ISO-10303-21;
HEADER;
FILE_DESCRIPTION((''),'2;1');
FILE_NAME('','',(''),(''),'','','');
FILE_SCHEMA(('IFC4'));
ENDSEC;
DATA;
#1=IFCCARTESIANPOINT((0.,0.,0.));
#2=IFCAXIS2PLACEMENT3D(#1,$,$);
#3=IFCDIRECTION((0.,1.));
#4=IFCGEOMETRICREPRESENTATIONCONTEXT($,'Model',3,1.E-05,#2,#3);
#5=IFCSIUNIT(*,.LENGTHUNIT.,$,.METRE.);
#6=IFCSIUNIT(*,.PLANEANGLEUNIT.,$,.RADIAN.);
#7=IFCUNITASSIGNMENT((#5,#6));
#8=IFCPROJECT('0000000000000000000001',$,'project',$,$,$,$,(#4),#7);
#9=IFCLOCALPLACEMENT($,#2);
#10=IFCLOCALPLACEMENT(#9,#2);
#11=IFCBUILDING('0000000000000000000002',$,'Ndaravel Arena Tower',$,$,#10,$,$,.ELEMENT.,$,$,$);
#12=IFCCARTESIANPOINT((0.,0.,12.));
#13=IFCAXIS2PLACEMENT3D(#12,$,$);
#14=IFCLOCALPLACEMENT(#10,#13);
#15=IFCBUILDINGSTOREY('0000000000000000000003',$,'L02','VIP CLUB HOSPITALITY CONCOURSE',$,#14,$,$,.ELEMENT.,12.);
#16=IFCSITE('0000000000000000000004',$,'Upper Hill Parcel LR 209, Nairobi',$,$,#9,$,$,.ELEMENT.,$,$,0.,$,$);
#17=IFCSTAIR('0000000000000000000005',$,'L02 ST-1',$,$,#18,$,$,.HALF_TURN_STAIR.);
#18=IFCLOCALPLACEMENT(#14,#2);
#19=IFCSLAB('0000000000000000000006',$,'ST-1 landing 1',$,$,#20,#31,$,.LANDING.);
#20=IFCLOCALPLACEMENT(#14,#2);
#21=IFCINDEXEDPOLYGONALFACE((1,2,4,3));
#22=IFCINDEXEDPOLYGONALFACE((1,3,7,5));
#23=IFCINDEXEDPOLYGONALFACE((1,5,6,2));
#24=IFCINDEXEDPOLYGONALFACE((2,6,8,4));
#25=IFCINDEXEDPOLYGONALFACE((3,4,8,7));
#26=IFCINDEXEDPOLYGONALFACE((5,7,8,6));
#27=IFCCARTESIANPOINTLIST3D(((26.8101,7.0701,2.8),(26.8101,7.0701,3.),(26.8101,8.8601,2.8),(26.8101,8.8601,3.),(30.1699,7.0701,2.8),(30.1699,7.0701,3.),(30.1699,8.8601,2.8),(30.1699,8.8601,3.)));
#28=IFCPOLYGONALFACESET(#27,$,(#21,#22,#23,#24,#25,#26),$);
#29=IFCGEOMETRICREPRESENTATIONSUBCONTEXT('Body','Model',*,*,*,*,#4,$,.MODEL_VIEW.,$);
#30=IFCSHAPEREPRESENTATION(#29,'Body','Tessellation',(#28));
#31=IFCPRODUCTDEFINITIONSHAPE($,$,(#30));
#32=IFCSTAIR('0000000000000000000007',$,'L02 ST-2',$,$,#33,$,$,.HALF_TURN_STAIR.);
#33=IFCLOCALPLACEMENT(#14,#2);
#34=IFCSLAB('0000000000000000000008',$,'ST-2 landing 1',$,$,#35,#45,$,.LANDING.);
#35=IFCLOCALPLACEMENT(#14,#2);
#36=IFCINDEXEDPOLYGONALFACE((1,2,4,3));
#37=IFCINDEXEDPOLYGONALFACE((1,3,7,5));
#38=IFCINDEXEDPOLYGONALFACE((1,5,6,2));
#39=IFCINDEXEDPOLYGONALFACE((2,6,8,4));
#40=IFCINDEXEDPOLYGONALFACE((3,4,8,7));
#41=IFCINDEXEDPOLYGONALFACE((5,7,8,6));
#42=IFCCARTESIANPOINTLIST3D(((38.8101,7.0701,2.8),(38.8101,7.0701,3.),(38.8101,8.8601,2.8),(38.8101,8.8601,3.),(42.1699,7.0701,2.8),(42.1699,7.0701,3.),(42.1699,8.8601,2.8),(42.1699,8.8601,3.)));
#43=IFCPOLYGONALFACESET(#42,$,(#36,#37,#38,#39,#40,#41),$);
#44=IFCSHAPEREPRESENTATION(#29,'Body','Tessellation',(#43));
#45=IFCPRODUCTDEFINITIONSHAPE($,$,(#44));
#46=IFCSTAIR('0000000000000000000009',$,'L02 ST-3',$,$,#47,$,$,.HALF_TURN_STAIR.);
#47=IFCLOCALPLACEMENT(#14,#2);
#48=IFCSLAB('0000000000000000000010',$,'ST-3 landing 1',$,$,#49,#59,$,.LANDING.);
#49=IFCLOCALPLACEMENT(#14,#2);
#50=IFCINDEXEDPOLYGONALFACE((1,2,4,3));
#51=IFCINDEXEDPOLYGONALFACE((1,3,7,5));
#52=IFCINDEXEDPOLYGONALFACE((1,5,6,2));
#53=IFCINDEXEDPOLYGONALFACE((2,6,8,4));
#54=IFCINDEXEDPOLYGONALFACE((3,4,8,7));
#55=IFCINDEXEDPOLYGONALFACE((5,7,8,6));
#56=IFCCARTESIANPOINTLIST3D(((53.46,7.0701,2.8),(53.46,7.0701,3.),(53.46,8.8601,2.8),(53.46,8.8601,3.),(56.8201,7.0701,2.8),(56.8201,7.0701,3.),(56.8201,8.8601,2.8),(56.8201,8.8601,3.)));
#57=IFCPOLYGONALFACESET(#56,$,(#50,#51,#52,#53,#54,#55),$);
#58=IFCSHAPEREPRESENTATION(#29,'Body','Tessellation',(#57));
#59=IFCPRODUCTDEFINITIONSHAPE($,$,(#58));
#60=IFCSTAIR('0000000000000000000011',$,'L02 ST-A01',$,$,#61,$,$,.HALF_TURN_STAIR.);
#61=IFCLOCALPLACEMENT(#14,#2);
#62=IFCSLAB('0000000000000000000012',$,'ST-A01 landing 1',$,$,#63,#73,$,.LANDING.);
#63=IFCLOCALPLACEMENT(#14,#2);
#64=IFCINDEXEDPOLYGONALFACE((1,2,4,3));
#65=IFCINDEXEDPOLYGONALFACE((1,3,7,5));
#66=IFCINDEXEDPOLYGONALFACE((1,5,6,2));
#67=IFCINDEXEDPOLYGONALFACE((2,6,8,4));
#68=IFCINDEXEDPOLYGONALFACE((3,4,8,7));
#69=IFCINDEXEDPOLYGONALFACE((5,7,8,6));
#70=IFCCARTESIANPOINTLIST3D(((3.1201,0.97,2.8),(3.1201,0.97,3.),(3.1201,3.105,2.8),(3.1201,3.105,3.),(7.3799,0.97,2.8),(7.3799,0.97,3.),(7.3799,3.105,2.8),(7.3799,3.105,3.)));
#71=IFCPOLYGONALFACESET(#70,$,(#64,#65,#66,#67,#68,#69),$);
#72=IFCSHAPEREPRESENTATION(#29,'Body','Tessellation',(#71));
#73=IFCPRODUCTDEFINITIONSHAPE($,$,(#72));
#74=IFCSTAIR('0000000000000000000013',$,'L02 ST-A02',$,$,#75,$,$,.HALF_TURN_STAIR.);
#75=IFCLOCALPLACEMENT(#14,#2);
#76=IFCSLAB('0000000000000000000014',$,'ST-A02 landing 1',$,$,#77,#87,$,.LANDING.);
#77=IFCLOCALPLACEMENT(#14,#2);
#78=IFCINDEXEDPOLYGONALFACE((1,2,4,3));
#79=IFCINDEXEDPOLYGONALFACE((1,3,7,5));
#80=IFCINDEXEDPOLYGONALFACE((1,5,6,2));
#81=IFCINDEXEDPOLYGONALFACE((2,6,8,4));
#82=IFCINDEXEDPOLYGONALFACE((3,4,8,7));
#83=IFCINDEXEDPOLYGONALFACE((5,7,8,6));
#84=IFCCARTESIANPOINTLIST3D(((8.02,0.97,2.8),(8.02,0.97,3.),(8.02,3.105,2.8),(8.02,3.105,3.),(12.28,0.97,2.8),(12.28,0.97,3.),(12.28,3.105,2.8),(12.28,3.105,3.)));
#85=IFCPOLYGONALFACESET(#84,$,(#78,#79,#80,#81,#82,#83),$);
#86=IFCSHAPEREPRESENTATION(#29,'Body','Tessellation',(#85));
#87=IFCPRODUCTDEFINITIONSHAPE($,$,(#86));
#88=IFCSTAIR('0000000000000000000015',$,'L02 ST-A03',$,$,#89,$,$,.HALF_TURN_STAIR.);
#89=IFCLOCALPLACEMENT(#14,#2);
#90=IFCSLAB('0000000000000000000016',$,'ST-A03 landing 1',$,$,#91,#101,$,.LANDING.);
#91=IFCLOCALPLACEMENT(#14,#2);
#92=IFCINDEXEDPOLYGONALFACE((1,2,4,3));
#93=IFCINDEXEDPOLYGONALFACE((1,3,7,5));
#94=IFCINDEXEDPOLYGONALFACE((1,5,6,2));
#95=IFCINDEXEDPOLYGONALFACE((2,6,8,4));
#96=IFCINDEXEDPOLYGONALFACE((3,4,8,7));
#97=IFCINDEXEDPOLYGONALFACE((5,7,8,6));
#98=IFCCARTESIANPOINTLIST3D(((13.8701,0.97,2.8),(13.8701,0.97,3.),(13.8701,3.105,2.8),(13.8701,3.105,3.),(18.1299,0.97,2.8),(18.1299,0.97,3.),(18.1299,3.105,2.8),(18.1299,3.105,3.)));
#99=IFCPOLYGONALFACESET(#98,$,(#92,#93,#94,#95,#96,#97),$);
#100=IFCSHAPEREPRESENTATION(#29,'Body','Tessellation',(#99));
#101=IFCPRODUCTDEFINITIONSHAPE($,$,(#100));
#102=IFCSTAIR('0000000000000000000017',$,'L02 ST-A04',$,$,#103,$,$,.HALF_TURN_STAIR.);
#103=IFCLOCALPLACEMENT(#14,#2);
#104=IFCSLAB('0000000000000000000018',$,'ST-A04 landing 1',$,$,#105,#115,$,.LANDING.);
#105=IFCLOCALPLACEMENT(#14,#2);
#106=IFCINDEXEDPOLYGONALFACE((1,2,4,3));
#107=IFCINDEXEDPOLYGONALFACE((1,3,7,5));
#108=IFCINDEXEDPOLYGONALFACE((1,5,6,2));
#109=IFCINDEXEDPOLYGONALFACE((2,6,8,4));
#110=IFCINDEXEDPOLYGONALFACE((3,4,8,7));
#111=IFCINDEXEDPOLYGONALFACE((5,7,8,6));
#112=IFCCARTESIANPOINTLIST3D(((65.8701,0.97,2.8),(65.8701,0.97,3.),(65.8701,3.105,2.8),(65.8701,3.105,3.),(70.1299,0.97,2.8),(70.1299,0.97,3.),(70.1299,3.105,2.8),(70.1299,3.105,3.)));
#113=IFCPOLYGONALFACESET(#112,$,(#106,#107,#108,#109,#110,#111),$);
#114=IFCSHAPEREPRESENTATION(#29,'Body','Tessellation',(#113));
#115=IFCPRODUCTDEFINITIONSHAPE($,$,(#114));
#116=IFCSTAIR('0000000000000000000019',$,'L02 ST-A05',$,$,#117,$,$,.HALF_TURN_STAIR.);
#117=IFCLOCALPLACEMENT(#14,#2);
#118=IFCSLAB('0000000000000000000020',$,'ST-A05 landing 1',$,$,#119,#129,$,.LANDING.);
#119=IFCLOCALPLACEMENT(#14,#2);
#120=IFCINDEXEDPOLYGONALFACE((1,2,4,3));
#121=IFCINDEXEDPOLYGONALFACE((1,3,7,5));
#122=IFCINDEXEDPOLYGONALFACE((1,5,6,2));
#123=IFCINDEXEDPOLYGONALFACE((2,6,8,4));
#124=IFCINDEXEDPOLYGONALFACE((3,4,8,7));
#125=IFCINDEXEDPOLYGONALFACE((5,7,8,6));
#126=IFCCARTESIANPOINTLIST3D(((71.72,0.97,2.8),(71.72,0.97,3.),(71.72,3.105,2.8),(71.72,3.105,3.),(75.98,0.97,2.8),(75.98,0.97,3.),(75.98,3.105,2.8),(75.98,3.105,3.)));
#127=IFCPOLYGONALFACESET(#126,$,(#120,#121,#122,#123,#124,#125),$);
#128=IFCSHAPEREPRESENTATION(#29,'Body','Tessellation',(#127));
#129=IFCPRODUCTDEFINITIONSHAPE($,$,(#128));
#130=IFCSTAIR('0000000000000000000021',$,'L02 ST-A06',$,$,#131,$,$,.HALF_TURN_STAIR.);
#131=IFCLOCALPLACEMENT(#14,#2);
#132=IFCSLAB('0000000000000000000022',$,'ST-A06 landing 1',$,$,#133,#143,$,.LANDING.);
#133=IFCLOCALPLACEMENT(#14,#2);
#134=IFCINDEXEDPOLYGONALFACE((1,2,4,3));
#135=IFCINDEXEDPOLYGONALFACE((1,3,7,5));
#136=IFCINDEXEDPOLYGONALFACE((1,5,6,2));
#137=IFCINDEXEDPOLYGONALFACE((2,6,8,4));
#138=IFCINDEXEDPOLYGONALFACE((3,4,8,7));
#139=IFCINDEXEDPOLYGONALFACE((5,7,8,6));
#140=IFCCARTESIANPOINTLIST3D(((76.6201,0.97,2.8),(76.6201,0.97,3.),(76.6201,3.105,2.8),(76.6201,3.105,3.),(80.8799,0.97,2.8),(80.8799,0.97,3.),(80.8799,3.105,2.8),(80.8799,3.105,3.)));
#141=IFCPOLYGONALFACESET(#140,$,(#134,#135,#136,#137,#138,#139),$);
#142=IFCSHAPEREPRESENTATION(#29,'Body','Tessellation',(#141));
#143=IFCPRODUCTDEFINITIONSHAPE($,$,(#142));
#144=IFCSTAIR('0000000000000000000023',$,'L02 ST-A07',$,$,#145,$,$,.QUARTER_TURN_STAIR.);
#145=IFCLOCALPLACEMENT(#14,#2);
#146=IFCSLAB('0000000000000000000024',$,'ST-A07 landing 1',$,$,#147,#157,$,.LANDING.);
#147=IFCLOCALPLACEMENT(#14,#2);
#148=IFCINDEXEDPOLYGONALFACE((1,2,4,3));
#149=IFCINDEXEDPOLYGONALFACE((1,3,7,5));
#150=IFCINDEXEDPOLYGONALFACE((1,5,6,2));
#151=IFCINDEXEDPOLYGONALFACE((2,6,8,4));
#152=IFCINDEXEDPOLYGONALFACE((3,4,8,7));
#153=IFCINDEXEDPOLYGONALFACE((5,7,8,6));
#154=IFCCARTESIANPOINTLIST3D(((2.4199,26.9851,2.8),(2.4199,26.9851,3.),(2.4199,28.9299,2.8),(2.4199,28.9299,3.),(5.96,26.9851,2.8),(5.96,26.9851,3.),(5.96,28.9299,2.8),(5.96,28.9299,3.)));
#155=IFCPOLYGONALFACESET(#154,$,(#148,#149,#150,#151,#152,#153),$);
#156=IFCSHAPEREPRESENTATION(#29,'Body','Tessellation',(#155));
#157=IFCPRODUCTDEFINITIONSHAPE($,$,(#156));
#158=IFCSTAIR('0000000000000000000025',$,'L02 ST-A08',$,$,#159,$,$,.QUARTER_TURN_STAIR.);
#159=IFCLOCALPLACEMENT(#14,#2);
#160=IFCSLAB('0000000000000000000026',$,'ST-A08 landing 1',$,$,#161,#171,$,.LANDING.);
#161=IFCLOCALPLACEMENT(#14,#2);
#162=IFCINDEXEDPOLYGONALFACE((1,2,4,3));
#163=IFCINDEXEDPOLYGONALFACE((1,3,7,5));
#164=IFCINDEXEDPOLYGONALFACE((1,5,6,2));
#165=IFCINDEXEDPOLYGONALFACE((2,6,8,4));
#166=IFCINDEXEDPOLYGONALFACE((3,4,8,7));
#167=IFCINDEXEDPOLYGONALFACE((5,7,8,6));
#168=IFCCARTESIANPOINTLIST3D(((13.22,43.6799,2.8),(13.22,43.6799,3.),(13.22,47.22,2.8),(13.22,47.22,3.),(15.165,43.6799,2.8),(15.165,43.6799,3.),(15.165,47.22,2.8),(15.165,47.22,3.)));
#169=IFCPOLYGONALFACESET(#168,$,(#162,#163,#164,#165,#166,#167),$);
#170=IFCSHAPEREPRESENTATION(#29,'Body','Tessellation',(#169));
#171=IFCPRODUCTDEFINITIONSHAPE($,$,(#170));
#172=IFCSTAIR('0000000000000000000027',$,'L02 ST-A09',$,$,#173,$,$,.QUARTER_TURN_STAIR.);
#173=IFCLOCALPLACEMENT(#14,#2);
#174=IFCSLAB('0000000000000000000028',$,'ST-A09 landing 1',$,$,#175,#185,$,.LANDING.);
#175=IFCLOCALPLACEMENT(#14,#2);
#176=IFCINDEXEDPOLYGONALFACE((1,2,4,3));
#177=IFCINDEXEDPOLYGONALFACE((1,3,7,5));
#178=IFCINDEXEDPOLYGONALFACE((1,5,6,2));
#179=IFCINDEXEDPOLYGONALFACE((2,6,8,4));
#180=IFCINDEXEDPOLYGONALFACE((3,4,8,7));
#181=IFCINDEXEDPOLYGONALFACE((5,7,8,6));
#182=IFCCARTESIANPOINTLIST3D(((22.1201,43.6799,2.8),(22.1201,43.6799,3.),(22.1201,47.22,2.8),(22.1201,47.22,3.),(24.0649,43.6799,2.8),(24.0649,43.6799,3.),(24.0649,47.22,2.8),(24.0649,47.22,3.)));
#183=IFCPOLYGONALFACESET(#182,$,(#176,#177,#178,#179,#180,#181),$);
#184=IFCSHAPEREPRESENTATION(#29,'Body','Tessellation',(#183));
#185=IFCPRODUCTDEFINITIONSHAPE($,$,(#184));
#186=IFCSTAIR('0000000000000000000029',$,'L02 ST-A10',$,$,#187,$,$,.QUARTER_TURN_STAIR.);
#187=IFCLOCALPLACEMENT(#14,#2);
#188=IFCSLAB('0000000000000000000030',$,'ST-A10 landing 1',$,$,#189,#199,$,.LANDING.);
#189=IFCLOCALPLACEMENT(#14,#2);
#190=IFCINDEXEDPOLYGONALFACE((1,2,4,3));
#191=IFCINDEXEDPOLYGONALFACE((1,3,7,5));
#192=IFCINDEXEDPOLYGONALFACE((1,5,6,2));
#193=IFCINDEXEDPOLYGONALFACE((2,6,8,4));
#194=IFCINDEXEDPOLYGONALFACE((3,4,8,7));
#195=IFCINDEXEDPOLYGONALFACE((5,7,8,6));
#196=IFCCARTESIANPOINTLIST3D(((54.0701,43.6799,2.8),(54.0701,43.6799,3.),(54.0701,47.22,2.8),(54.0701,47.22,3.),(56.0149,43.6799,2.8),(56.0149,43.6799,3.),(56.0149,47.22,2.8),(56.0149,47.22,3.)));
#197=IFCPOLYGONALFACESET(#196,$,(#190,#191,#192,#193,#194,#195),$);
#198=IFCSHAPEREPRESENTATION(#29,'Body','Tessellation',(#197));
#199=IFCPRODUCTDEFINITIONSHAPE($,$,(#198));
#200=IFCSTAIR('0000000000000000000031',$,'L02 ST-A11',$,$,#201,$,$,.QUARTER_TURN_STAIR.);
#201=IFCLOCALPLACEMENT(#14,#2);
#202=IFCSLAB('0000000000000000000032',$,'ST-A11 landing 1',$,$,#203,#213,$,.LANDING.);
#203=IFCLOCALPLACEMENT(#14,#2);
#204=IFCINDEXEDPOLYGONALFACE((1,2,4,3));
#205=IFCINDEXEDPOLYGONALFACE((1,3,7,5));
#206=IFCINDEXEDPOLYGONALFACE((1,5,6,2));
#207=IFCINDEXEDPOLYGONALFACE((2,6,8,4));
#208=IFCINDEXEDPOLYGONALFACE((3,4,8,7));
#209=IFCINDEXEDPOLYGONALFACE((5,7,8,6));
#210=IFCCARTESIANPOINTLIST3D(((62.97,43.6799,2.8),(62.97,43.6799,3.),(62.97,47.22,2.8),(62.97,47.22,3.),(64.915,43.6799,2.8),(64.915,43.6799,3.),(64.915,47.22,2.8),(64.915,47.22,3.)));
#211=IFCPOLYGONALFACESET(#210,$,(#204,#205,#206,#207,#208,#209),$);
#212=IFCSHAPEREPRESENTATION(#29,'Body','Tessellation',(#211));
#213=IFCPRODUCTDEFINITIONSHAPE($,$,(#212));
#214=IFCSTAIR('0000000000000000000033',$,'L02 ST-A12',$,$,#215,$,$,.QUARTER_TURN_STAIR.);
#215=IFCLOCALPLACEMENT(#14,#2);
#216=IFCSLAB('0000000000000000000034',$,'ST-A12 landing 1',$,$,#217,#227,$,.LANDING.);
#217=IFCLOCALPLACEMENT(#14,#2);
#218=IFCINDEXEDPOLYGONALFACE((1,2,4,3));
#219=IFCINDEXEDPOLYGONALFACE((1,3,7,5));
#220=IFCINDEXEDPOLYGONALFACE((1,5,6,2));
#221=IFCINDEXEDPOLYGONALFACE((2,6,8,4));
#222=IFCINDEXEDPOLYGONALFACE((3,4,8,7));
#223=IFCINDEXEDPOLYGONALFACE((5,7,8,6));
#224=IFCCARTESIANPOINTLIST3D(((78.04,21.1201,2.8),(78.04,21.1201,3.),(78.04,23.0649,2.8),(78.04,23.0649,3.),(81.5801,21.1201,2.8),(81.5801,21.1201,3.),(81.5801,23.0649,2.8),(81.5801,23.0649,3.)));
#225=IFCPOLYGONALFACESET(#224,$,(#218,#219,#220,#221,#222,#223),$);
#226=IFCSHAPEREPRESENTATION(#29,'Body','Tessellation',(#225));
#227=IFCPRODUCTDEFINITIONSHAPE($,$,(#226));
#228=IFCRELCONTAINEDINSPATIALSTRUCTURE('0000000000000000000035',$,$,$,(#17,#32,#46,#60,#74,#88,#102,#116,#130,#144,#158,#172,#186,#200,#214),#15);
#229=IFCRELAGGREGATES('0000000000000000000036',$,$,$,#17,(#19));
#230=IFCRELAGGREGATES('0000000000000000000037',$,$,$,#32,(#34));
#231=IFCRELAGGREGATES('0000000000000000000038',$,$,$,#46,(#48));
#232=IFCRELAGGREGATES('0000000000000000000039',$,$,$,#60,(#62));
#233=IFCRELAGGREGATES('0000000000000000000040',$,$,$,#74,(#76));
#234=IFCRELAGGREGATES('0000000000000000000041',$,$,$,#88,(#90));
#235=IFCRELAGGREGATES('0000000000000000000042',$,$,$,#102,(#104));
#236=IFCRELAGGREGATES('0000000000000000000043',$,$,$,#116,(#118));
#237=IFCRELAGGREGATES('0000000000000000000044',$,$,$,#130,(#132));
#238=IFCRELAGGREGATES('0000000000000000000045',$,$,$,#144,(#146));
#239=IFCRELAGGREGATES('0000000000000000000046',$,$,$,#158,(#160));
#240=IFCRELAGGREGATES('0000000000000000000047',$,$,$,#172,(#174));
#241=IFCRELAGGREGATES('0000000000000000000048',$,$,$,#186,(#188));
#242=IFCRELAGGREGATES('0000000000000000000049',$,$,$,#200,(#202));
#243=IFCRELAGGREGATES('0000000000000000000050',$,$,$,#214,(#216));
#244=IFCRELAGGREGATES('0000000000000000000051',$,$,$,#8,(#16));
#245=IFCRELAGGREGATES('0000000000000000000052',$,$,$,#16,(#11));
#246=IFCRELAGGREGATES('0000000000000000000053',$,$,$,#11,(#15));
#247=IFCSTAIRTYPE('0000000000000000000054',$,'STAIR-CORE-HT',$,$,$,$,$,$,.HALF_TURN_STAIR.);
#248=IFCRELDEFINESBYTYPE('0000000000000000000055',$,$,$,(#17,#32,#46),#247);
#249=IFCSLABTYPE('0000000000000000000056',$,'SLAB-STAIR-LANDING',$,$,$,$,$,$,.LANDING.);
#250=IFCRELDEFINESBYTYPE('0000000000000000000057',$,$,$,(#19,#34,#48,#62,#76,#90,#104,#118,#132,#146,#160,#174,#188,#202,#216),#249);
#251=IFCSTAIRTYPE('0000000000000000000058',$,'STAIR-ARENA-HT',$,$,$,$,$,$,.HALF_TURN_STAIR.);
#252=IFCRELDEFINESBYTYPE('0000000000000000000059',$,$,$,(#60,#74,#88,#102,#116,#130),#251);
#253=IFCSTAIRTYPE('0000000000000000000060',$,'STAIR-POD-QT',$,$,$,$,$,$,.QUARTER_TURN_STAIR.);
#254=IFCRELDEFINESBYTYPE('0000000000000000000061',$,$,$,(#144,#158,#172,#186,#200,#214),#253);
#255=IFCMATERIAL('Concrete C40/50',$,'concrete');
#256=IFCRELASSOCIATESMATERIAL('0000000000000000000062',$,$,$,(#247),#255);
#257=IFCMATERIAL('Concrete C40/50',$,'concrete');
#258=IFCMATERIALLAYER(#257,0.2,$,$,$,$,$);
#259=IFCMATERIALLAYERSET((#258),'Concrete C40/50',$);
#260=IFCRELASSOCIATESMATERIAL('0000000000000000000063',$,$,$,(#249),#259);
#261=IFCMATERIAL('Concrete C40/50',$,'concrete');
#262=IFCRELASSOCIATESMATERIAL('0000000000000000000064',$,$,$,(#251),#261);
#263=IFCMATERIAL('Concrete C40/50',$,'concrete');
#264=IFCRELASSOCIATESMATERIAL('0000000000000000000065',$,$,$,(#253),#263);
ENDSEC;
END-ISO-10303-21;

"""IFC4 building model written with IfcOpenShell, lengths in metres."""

from ifc_helpers import new_model, si_unit, direction, frame, origin, place, context, subcontext, project, spatial, polyline, outline, extrude, material, layer, layer_set, type_object, element, aggregate, save


model = new_model("IFC4")

# Units and contexts
model_context = context("Model", 3, precision=1e-05, world=origin(), true_north=direction((0.0, 1.0)))
body_context = subcontext(model_context, "Body", "Model", "MODEL_VIEW")
ifc_project = project(units=[si_unit("LENGTHUNIT", "METRE"), si_unit("PLANEANGLEUNIT", "RADIAN")], contexts=[model_context])

# Site, building, storey
site_placement = place(None, origin())
site = spatial("IfcSite", under=ifc_project, at=site_placement, Name="Upper Hill Parcel LR 209, Nairobi", CompositionType="ELEMENT", RefElevation=0.0)
building_placement = place(site_placement, origin())
building = spatial("IfcBuilding", under=site, at=building_placement, Name="Ndaravel Arena Tower", CompositionType="ELEMENT")
storey_placement = place(building_placement, frame((0.0, 0.0, 12.0)))
storey = spatial("IfcBuildingStorey", under=building, at=storey_placement, Name="L02", Description="VIP CLUB HOSPITALITY CONCOURSE", CompositionType="ELEMENT", Elevation=12.0)

# Stairs, slabs
ifc_material_1 = material(Name="Concrete C40/50", Category="concrete")
stair_type_1 = type_object("IfcStairType", Name="STAIR-CORE-HT", PredefinedType="HALF_TURN_STAIR", material=ifc_material_1)
stair_1_placement = place(storey_placement, origin())
stair_1 = element("IfcStair", 1, at=stair_1_placement, inside=storey, type_object=stair_type_1, Name="L02 ST-1", PredefinedType="HALF_TURN_STAIR")
ifc_material_2 = material(Name="Concrete C40/50", Category="concrete")
ifc_layer_1 = layer(ifc_material_2, 0.2)
ifc_layer_set_1 = layer_set([ifc_layer_1], Name="Concrete C40/50")
slab_type_1 = type_object("IfcSlabType", Name="SLAB-STAIR-LANDING", PredefinedType="LANDING", material=ifc_layer_set_1)
slab_1_placement = place(storey_placement, frame((0.0, 0.0, 2.8)))
slab_1 = element("IfcSlab", 2, at=slab_1_placement, type_object=slab_type_1, Name="ST-1 landing 1", PredefinedType="LANDING", context=body_context, shape_type="SweptSolid", body=[
    extrude(outline(polyline([(26.8101, 8.8601), (26.8101, 7.0701), (30.1699, 7.0701), (30.1699, 8.8601), (26.8101, 8.8601)])), origin(), (0.0, 0.0, 1.0), 0.2),
])
aggregate(stair_1, [slab_1])
stair_2_placement = place(storey_placement, origin())
stair_2 = element("IfcStair", 3, at=stair_2_placement, inside=storey, type_object=stair_type_1, Name="L02 ST-2", PredefinedType="HALF_TURN_STAIR")
slab_2_placement = place(storey_placement, frame((0.0, 0.0, 2.8)))
slab_2 = element("IfcSlab", 4, at=slab_2_placement, type_object=slab_type_1, Name="ST-2 landing 1", PredefinedType="LANDING", context=body_context, shape_type="SweptSolid", body=[
    extrude(outline(polyline([(38.8101, 8.8601), (38.8101, 7.0701), (42.1699, 7.0701), (42.1699, 8.8601), (38.8101, 8.8601)])), origin(), (0.0, 0.0, 1.0), 0.2),
])
aggregate(stair_2, [slab_2])
stair_3_placement = place(storey_placement, origin())
stair_3 = element("IfcStair", 5, at=stair_3_placement, inside=storey, type_object=stair_type_1, Name="L02 ST-3", PredefinedType="HALF_TURN_STAIR")
slab_3_placement = place(storey_placement, frame((0.0, 0.0, 2.8)))
slab_3 = element("IfcSlab", 6, at=slab_3_placement, type_object=slab_type_1, Name="ST-3 landing 1", PredefinedType="LANDING", context=body_context, shape_type="SweptSolid", body=[
    extrude(outline(polyline([(53.46, 8.8601), (53.46, 7.0701), (56.8201, 7.0701), (56.8201, 8.8601), (53.46, 8.8601)])), origin(), (0.0, 0.0, 1.0), 0.2),
])
aggregate(stair_3, [slab_3])
ifc_material_3 = material(Name="Concrete C40/50", Category="concrete")
stair_type_2 = type_object("IfcStairType", Name="STAIR-ARENA-HT", PredefinedType="HALF_TURN_STAIR", material=ifc_material_3)
stair_4_placement = place(storey_placement, origin())
stair_4 = element("IfcStair", 7, at=stair_4_placement, inside=storey, type_object=stair_type_2, Name="L02 ST-A01", PredefinedType="HALF_TURN_STAIR")
slab_4_placement = place(storey_placement, frame((0.0, 0.0, 2.8)))
slab_4 = element("IfcSlab", 8, at=slab_4_placement, type_object=slab_type_1, Name="ST-A01 landing 1", PredefinedType="LANDING", context=body_context, shape_type="SweptSolid", body=[
    extrude(outline(polyline([(3.1201, 3.105), (3.1201, 0.97), (7.3799, 0.97), (7.3799, 3.105), (3.1201, 3.105)])), origin(), (0.0, 0.0, 1.0), 0.2),
])
aggregate(stair_4, [slab_4])
stair_5_placement = place(storey_placement, origin())
stair_5 = element("IfcStair", 9, at=stair_5_placement, inside=storey, type_object=stair_type_2, Name="L02 ST-A02", PredefinedType="HALF_TURN_STAIR")
slab_5_placement = place(storey_placement, frame((0.0, 0.0, 2.8)))
slab_5 = element("IfcSlab", 10, at=slab_5_placement, type_object=slab_type_1, Name="ST-A02 landing 1", PredefinedType="LANDING", context=body_context, shape_type="SweptSolid", body=[
    extrude(outline(polyline([(8.02, 3.105), (8.02, 0.97), (12.28, 0.97), (12.28, 3.105), (8.02, 3.105)])), origin(), (0.0, 0.0, 1.0), 0.2),
])
aggregate(stair_5, [slab_5])
stair_6_placement = place(storey_placement, origin())
stair_6 = element("IfcStair", 11, at=stair_6_placement, inside=storey, type_object=stair_type_2, Name="L02 ST-A03", PredefinedType="HALF_TURN_STAIR")
slab_6_placement = place(storey_placement, frame((0.0, 0.0, 2.8)))
slab_6 = element("IfcSlab", 12, at=slab_6_placement, type_object=slab_type_1, Name="ST-A03 landing 1", PredefinedType="LANDING", context=body_context, shape_type="SweptSolid", body=[
    extrude(outline(polyline([(13.8701, 3.105), (13.8701, 0.97), (18.1299, 0.97), (18.1299, 3.105), (13.8701, 3.105)])), origin(), (0.0, 0.0, 1.0), 0.2),
])
aggregate(stair_6, [slab_6])
stair_7_placement = place(storey_placement, origin())
stair_7 = element("IfcStair", 13, at=stair_7_placement, inside=storey, type_object=stair_type_2, Name="L02 ST-A04", PredefinedType="HALF_TURN_STAIR")
slab_7_placement = place(storey_placement, frame((0.0, 0.0, 2.8)))
slab_7 = element("IfcSlab", 14, at=slab_7_placement, type_object=slab_type_1, Name="ST-A04 landing 1", PredefinedType="LANDING", context=body_context, shape_type="SweptSolid", body=[
    extrude(outline(polyline([(65.8701, 3.105), (65.8701, 0.97), (70.1299, 0.97), (70.1299, 3.105), (65.8701, 3.105)])), origin(), (0.0, 0.0, 1.0), 0.2),
])
aggregate(stair_7, [slab_7])
stair_8_placement = place(storey_placement, origin())
stair_8 = element("IfcStair", 15, at=stair_8_placement, inside=storey, type_object=stair_type_2, Name="L02 ST-A05", PredefinedType="HALF_TURN_STAIR")
slab_8_placement = place(storey_placement, frame((0.0, 0.0, 2.8)))
slab_8 = element("IfcSlab", 16, at=slab_8_placement, type_object=slab_type_1, Name="ST-A05 landing 1", PredefinedType="LANDING", context=body_context, shape_type="SweptSolid", body=[
    extrude(outline(polyline([(71.72, 3.105), (71.72, 0.97), (75.98, 0.97), (75.98, 3.105), (71.72, 3.105)])), origin(), (0.0, 0.0, 1.0), 0.2),
])
aggregate(stair_8, [slab_8])
stair_9_placement = place(storey_placement, origin())
stair_9 = element("IfcStair", 17, at=stair_9_placement, inside=storey, type_object=stair_type_2, Name="L02 ST-A06", PredefinedType="HALF_TURN_STAIR")
slab_9_placement = place(storey_placement, frame((0.0, 0.0, 2.8)))
slab_9 = element("IfcSlab", 18, at=slab_9_placement, type_object=slab_type_1, Name="ST-A06 landing 1", PredefinedType="LANDING", context=body_context, shape_type="SweptSolid", body=[
    extrude(outline(polyline([(76.6201, 3.105), (76.6201, 0.97), (80.8799, 0.97), (80.8799, 3.105), (76.6201, 3.105)])), origin(), (0.0, 0.0, 1.0), 0.2),
])
aggregate(stair_9, [slab_9])
ifc_material_4 = material(Name="Concrete C40/50", Category="concrete")
stair_type_3 = type_object("IfcStairType", Name="STAIR-POD-QT", PredefinedType="QUARTER_TURN_STAIR", material=ifc_material_4)
stair_10_placement = place(storey_placement, origin())
stair_10 = element("IfcStair", 19, at=stair_10_placement, inside=storey, type_object=stair_type_3, Name="L02 ST-A07", PredefinedType="QUARTER_TURN_STAIR")
slab_10_placement = place(storey_placement, frame((0.0, 0.0, 2.8)))
slab_10 = element("IfcSlab", 20, at=slab_10_placement, type_object=slab_type_1, Name="ST-A07 landing 1", PredefinedType="LANDING", context=body_context, shape_type="SweptSolid", body=[
    extrude(outline(polyline([(5.96, 26.9851), (5.96, 28.9299), (2.4199, 28.9299), (2.4199, 26.9851), (5.96, 26.9851)])), origin(), (0.0, 0.0, 1.0), 0.2),
])
aggregate(stair_10, [slab_10])
stair_11_placement = place(storey_placement, origin())
stair_11 = element("IfcStair", 21, at=stair_11_placement, inside=storey, type_object=stair_type_3, Name="L02 ST-A08", PredefinedType="QUARTER_TURN_STAIR")
slab_11_placement = place(storey_placement, frame((0.0, 0.0, 2.8)))
slab_11 = element("IfcSlab", 22, at=slab_11_placement, type_object=slab_type_1, Name="ST-A08 landing 1", PredefinedType="LANDING", context=body_context, shape_type="SweptSolid", body=[
    extrude(outline(polyline([(15.165, 47.22), (13.22, 47.22), (13.22, 43.6799), (15.165, 43.6799), (15.165, 47.22)])), origin(), (0.0, 0.0, 1.0), 0.2),
])
aggregate(stair_11, [slab_11])
stair_12_placement = place(storey_placement, origin())
stair_12 = element("IfcStair", 23, at=stair_12_placement, inside=storey, type_object=stair_type_3, Name="L02 ST-A09", PredefinedType="QUARTER_TURN_STAIR")
slab_12_placement = place(storey_placement, frame((0.0, 0.0, 2.8)))
slab_12 = element("IfcSlab", 24, at=slab_12_placement, type_object=slab_type_1, Name="ST-A09 landing 1", PredefinedType="LANDING", context=body_context, shape_type="SweptSolid", body=[
    extrude(outline(polyline([(24.0649, 47.22), (22.1201, 47.22), (22.1201, 43.6799), (24.0649, 43.6799), (24.0649, 47.22)])), origin(), (0.0, 0.0, 1.0), 0.2),
])
aggregate(stair_12, [slab_12])
stair_13_placement = place(storey_placement, origin())
stair_13 = element("IfcStair", 25, at=stair_13_placement, inside=storey, type_object=stair_type_3, Name="L02 ST-A10", PredefinedType="QUARTER_TURN_STAIR")
slab_13_placement = place(storey_placement, frame((0.0, 0.0, 2.8)))
slab_13 = element("IfcSlab", 26, at=slab_13_placement, type_object=slab_type_1, Name="ST-A10 landing 1", PredefinedType="LANDING", context=body_context, shape_type="SweptSolid", body=[
    extrude(outline(polyline([(56.0149, 47.22), (54.0701, 47.22), (54.0701, 43.6799), (56.0149, 43.6799), (56.0149, 47.22)])), origin(), (0.0, 0.0, 1.0), 0.2),
])
aggregate(stair_13, [slab_13])
stair_14_placement = place(storey_placement, origin())
stair_14 = element("IfcStair", 27, at=stair_14_placement, inside=storey, type_object=stair_type_3, Name="L02 ST-A11", PredefinedType="QUARTER_TURN_STAIR")
slab_14_placement = place(storey_placement, frame((0.0, 0.0, 2.8)))
slab_14 = element("IfcSlab", 28, at=slab_14_placement, type_object=slab_type_1, Name="ST-A11 landing 1", PredefinedType="LANDING", context=body_context, shape_type="SweptSolid", body=[
    extrude(outline(polyline([(64.915, 47.22), (62.97, 47.22), (62.97, 43.6799), (64.915, 43.6799), (64.915, 47.22)])), origin(), (0.0, 0.0, 1.0), 0.2),
])
aggregate(stair_14, [slab_14])
stair_15_placement = place(storey_placement, origin())
stair_15 = element("IfcStair", 29, at=stair_15_placement, inside=storey, type_object=stair_type_3, Name="L02 ST-A12", PredefinedType="QUARTER_TURN_STAIR")
slab_15_placement = place(storey_placement, frame((0.0, 0.0, 2.8)))
slab_15 = element("IfcSlab", 30, at=slab_15_placement, type_object=slab_type_1, Name="ST-A12 landing 1", PredefinedType="LANDING", context=body_context, shape_type="SweptSolid", body=[
    extrude(outline(polyline([(78.04, 23.0649), (78.04, 21.1201), (81.5801, 21.1201), (81.5801, 23.0649), (78.04, 23.0649)])), origin(), (0.0, 0.0, 1.0), 0.2),
])
aggregate(stair_15, [slab_15])

save(model, "model.ifc")
